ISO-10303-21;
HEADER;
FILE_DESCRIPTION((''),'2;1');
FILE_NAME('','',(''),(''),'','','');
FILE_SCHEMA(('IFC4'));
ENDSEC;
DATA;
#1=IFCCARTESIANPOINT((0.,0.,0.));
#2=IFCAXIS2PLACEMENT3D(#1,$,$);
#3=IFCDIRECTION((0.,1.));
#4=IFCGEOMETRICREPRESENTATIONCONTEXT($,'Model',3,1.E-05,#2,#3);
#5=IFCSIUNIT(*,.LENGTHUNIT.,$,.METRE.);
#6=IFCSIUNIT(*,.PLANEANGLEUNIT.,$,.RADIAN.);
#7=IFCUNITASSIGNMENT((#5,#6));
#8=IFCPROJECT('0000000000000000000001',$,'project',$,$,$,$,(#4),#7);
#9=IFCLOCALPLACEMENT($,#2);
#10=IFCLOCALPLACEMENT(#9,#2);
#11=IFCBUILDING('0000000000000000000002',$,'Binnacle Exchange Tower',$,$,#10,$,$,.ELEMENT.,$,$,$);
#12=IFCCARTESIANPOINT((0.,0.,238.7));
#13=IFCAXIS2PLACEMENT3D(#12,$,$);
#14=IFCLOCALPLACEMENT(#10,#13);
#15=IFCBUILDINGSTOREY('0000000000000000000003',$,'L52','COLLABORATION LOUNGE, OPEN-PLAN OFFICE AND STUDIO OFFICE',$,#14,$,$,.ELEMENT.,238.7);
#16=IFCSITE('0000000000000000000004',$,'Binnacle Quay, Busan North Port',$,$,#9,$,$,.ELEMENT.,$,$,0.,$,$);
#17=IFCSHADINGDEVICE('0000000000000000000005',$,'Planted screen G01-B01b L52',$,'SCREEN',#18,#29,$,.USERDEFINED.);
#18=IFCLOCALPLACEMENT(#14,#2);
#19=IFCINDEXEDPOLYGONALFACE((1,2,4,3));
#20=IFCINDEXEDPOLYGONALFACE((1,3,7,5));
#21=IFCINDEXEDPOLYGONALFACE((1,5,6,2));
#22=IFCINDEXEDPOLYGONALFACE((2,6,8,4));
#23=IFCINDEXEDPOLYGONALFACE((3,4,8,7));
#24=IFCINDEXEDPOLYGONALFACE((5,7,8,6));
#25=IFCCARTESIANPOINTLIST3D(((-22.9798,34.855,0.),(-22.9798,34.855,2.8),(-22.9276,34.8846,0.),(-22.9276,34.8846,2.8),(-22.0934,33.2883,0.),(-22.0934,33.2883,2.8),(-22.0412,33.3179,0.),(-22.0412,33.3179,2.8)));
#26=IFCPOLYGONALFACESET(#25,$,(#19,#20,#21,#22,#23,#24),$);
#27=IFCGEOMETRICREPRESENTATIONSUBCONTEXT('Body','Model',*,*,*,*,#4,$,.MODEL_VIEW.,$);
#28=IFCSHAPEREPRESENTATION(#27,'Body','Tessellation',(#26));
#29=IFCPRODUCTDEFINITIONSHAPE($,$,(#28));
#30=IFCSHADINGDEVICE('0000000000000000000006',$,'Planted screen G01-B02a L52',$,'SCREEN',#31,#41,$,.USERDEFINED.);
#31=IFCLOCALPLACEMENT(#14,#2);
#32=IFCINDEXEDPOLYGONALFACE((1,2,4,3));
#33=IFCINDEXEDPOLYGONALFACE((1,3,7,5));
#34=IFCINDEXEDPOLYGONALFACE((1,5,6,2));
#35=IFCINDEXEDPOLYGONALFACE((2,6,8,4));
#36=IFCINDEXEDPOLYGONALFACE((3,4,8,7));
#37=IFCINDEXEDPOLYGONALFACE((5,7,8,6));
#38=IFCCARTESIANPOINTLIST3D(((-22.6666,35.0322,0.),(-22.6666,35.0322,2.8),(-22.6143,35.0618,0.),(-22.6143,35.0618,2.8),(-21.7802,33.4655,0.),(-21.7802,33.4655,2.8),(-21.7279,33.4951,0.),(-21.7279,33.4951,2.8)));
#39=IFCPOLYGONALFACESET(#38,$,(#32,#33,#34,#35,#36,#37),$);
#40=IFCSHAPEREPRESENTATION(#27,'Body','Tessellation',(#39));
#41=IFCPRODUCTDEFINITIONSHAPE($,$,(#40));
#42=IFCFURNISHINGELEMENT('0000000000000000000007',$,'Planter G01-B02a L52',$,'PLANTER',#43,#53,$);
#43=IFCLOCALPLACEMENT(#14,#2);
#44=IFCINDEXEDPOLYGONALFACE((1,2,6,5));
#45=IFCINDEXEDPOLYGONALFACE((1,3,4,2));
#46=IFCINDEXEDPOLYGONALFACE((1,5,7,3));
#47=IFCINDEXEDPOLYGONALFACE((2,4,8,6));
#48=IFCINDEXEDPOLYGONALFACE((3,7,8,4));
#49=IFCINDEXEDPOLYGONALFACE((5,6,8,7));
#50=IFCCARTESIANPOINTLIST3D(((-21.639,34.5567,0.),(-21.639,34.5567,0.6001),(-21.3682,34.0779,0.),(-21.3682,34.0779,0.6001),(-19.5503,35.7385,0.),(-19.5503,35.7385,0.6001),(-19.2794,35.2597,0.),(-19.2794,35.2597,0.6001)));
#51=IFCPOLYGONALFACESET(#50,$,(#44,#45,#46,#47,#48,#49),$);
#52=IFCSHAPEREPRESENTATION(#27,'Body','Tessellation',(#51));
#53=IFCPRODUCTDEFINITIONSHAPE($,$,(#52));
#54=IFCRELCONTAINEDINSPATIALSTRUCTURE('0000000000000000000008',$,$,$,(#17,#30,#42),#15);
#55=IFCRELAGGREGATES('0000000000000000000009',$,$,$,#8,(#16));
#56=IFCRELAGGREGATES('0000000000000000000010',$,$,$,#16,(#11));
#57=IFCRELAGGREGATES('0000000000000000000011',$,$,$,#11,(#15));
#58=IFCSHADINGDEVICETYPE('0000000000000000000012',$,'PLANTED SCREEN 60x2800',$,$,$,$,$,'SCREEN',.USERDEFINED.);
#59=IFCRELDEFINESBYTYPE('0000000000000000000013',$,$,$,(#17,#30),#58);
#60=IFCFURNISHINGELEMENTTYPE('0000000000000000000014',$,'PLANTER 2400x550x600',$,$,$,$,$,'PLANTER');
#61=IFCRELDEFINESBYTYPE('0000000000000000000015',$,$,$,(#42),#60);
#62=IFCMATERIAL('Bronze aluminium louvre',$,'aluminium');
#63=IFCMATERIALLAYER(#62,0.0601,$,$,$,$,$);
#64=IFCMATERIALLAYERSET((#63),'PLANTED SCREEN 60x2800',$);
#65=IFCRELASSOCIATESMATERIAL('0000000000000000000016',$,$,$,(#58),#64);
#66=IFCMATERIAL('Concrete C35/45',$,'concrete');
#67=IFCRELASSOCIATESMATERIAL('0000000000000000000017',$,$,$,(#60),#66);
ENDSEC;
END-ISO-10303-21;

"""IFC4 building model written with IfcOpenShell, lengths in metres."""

from ifc_helpers import new_model, si_unit, direction, frame, origin, origin_2d, place, context, subcontext, project, spatial, rectangle, extrude, material, layer, layer_set, type_object, element, save


model = new_model("IFC4")

# Units and contexts
model_context = context("Model", 3, precision=1e-05, world=origin(), true_north=direction((0.0, 1.0)))
body_context = subcontext(model_context, "Body", "Model", "MODEL_VIEW")
ifc_project = project(units=[si_unit("LENGTHUNIT", "METRE"), si_unit("PLANEANGLEUNIT", "RADIAN")], contexts=[model_context])

# Site, building, storey
site_placement = place(None, origin())
site = spatial("IfcSite", under=ifc_project, at=site_placement, Name="Binnacle Quay, Busan North Port", CompositionType="ELEMENT", RefElevation=0.0)
building_placement = place(site_placement, origin())
building = spatial("IfcBuilding", under=site, at=building_placement, Name="Binnacle Exchange Tower", CompositionType="ELEMENT")
storey_placement = place(building_placement, frame((0.0, 0.0, 238.7)))
storey = spatial("IfcBuildingStorey", under=building, at=storey_placement, Name="L52", Description="COLLABORATION LOUNGE, OPEN-PLAN OFFICE AND STUDIO OFFICE", CompositionType="ELEMENT", Elevation=238.7)

# Shading devices
ifc_material_1 = material(Name="Bronze aluminium louvre", Category="aluminium")
ifc_layer_1 = layer(ifc_material_1, 0.0601)
ifc_layer_set_1 = layer_set([ifc_layer_1], Name="PLANTED SCREEN 60x2800")
shading_device_type = type_object("IfcShadingDeviceType", Name="PLANTED SCREEN 60x2800", ElementType="SCREEN", PredefinedType="USERDEFINED", material=ifc_layer_set_1)
for number, where, z_axis, x_axis, name in (
    (1, (-22.5105, 34.0864, 0.0), (0.0, 0.0, 1.0), (0.870356, 0.492424, 0.0), "Planted screen G01-B01b L52"),
    (2, (-22.1973, 34.2637, 0.0), (0.0, 0.0, 1.0), (0.870356, 0.492424, 0.0), "Planted screen G01-B02a L52"),
):
    element("IfcShadingDevice", number, at=place(storey_placement, frame(where, z_axis=z_axis, x_axis=x_axis)), inside=storey, type_object=shading_device_type, Name=name, ObjectType="SCREEN", PredefinedType="USERDEFINED", context=body_context, shape_type="SweptSolid", body=[
        extrude(rectangle(XDim=0.0601, YDim=1.8, at=origin_2d()), origin(), (0.0, 0.0, 1.0), 2.8),
    ])

# Furnishing element
ifc_material_2 = material(Name="Concrete C35/45", Category="concrete")
furnishing_element_type = type_object("IfcFurnishingElementType", Name="PLANTER 2400x550x600", ElementType="PLANTER", material=ifc_material_2)
furnishing_placement = place(storey_placement, frame((-20.4592, 34.9082, 0.0), z_axis=(0.0, 0.0, 1.0), x_axis=(0.870356, 0.492424, 0.0)))
element("IfcFurnishingElement", 3, at=furnishing_placement, inside=storey, type_object=furnishing_element_type, Name="Planter G01-B02a L52", ObjectType="PLANTER", context=body_context, shape_type="SweptSolid", body=[
    extrude(rectangle(XDim=2.3999, YDim=0.55, at=origin_2d()), origin(), (0.0, 0.0, 1.0), 0.6001),
])

save(model, "model.ifc")
